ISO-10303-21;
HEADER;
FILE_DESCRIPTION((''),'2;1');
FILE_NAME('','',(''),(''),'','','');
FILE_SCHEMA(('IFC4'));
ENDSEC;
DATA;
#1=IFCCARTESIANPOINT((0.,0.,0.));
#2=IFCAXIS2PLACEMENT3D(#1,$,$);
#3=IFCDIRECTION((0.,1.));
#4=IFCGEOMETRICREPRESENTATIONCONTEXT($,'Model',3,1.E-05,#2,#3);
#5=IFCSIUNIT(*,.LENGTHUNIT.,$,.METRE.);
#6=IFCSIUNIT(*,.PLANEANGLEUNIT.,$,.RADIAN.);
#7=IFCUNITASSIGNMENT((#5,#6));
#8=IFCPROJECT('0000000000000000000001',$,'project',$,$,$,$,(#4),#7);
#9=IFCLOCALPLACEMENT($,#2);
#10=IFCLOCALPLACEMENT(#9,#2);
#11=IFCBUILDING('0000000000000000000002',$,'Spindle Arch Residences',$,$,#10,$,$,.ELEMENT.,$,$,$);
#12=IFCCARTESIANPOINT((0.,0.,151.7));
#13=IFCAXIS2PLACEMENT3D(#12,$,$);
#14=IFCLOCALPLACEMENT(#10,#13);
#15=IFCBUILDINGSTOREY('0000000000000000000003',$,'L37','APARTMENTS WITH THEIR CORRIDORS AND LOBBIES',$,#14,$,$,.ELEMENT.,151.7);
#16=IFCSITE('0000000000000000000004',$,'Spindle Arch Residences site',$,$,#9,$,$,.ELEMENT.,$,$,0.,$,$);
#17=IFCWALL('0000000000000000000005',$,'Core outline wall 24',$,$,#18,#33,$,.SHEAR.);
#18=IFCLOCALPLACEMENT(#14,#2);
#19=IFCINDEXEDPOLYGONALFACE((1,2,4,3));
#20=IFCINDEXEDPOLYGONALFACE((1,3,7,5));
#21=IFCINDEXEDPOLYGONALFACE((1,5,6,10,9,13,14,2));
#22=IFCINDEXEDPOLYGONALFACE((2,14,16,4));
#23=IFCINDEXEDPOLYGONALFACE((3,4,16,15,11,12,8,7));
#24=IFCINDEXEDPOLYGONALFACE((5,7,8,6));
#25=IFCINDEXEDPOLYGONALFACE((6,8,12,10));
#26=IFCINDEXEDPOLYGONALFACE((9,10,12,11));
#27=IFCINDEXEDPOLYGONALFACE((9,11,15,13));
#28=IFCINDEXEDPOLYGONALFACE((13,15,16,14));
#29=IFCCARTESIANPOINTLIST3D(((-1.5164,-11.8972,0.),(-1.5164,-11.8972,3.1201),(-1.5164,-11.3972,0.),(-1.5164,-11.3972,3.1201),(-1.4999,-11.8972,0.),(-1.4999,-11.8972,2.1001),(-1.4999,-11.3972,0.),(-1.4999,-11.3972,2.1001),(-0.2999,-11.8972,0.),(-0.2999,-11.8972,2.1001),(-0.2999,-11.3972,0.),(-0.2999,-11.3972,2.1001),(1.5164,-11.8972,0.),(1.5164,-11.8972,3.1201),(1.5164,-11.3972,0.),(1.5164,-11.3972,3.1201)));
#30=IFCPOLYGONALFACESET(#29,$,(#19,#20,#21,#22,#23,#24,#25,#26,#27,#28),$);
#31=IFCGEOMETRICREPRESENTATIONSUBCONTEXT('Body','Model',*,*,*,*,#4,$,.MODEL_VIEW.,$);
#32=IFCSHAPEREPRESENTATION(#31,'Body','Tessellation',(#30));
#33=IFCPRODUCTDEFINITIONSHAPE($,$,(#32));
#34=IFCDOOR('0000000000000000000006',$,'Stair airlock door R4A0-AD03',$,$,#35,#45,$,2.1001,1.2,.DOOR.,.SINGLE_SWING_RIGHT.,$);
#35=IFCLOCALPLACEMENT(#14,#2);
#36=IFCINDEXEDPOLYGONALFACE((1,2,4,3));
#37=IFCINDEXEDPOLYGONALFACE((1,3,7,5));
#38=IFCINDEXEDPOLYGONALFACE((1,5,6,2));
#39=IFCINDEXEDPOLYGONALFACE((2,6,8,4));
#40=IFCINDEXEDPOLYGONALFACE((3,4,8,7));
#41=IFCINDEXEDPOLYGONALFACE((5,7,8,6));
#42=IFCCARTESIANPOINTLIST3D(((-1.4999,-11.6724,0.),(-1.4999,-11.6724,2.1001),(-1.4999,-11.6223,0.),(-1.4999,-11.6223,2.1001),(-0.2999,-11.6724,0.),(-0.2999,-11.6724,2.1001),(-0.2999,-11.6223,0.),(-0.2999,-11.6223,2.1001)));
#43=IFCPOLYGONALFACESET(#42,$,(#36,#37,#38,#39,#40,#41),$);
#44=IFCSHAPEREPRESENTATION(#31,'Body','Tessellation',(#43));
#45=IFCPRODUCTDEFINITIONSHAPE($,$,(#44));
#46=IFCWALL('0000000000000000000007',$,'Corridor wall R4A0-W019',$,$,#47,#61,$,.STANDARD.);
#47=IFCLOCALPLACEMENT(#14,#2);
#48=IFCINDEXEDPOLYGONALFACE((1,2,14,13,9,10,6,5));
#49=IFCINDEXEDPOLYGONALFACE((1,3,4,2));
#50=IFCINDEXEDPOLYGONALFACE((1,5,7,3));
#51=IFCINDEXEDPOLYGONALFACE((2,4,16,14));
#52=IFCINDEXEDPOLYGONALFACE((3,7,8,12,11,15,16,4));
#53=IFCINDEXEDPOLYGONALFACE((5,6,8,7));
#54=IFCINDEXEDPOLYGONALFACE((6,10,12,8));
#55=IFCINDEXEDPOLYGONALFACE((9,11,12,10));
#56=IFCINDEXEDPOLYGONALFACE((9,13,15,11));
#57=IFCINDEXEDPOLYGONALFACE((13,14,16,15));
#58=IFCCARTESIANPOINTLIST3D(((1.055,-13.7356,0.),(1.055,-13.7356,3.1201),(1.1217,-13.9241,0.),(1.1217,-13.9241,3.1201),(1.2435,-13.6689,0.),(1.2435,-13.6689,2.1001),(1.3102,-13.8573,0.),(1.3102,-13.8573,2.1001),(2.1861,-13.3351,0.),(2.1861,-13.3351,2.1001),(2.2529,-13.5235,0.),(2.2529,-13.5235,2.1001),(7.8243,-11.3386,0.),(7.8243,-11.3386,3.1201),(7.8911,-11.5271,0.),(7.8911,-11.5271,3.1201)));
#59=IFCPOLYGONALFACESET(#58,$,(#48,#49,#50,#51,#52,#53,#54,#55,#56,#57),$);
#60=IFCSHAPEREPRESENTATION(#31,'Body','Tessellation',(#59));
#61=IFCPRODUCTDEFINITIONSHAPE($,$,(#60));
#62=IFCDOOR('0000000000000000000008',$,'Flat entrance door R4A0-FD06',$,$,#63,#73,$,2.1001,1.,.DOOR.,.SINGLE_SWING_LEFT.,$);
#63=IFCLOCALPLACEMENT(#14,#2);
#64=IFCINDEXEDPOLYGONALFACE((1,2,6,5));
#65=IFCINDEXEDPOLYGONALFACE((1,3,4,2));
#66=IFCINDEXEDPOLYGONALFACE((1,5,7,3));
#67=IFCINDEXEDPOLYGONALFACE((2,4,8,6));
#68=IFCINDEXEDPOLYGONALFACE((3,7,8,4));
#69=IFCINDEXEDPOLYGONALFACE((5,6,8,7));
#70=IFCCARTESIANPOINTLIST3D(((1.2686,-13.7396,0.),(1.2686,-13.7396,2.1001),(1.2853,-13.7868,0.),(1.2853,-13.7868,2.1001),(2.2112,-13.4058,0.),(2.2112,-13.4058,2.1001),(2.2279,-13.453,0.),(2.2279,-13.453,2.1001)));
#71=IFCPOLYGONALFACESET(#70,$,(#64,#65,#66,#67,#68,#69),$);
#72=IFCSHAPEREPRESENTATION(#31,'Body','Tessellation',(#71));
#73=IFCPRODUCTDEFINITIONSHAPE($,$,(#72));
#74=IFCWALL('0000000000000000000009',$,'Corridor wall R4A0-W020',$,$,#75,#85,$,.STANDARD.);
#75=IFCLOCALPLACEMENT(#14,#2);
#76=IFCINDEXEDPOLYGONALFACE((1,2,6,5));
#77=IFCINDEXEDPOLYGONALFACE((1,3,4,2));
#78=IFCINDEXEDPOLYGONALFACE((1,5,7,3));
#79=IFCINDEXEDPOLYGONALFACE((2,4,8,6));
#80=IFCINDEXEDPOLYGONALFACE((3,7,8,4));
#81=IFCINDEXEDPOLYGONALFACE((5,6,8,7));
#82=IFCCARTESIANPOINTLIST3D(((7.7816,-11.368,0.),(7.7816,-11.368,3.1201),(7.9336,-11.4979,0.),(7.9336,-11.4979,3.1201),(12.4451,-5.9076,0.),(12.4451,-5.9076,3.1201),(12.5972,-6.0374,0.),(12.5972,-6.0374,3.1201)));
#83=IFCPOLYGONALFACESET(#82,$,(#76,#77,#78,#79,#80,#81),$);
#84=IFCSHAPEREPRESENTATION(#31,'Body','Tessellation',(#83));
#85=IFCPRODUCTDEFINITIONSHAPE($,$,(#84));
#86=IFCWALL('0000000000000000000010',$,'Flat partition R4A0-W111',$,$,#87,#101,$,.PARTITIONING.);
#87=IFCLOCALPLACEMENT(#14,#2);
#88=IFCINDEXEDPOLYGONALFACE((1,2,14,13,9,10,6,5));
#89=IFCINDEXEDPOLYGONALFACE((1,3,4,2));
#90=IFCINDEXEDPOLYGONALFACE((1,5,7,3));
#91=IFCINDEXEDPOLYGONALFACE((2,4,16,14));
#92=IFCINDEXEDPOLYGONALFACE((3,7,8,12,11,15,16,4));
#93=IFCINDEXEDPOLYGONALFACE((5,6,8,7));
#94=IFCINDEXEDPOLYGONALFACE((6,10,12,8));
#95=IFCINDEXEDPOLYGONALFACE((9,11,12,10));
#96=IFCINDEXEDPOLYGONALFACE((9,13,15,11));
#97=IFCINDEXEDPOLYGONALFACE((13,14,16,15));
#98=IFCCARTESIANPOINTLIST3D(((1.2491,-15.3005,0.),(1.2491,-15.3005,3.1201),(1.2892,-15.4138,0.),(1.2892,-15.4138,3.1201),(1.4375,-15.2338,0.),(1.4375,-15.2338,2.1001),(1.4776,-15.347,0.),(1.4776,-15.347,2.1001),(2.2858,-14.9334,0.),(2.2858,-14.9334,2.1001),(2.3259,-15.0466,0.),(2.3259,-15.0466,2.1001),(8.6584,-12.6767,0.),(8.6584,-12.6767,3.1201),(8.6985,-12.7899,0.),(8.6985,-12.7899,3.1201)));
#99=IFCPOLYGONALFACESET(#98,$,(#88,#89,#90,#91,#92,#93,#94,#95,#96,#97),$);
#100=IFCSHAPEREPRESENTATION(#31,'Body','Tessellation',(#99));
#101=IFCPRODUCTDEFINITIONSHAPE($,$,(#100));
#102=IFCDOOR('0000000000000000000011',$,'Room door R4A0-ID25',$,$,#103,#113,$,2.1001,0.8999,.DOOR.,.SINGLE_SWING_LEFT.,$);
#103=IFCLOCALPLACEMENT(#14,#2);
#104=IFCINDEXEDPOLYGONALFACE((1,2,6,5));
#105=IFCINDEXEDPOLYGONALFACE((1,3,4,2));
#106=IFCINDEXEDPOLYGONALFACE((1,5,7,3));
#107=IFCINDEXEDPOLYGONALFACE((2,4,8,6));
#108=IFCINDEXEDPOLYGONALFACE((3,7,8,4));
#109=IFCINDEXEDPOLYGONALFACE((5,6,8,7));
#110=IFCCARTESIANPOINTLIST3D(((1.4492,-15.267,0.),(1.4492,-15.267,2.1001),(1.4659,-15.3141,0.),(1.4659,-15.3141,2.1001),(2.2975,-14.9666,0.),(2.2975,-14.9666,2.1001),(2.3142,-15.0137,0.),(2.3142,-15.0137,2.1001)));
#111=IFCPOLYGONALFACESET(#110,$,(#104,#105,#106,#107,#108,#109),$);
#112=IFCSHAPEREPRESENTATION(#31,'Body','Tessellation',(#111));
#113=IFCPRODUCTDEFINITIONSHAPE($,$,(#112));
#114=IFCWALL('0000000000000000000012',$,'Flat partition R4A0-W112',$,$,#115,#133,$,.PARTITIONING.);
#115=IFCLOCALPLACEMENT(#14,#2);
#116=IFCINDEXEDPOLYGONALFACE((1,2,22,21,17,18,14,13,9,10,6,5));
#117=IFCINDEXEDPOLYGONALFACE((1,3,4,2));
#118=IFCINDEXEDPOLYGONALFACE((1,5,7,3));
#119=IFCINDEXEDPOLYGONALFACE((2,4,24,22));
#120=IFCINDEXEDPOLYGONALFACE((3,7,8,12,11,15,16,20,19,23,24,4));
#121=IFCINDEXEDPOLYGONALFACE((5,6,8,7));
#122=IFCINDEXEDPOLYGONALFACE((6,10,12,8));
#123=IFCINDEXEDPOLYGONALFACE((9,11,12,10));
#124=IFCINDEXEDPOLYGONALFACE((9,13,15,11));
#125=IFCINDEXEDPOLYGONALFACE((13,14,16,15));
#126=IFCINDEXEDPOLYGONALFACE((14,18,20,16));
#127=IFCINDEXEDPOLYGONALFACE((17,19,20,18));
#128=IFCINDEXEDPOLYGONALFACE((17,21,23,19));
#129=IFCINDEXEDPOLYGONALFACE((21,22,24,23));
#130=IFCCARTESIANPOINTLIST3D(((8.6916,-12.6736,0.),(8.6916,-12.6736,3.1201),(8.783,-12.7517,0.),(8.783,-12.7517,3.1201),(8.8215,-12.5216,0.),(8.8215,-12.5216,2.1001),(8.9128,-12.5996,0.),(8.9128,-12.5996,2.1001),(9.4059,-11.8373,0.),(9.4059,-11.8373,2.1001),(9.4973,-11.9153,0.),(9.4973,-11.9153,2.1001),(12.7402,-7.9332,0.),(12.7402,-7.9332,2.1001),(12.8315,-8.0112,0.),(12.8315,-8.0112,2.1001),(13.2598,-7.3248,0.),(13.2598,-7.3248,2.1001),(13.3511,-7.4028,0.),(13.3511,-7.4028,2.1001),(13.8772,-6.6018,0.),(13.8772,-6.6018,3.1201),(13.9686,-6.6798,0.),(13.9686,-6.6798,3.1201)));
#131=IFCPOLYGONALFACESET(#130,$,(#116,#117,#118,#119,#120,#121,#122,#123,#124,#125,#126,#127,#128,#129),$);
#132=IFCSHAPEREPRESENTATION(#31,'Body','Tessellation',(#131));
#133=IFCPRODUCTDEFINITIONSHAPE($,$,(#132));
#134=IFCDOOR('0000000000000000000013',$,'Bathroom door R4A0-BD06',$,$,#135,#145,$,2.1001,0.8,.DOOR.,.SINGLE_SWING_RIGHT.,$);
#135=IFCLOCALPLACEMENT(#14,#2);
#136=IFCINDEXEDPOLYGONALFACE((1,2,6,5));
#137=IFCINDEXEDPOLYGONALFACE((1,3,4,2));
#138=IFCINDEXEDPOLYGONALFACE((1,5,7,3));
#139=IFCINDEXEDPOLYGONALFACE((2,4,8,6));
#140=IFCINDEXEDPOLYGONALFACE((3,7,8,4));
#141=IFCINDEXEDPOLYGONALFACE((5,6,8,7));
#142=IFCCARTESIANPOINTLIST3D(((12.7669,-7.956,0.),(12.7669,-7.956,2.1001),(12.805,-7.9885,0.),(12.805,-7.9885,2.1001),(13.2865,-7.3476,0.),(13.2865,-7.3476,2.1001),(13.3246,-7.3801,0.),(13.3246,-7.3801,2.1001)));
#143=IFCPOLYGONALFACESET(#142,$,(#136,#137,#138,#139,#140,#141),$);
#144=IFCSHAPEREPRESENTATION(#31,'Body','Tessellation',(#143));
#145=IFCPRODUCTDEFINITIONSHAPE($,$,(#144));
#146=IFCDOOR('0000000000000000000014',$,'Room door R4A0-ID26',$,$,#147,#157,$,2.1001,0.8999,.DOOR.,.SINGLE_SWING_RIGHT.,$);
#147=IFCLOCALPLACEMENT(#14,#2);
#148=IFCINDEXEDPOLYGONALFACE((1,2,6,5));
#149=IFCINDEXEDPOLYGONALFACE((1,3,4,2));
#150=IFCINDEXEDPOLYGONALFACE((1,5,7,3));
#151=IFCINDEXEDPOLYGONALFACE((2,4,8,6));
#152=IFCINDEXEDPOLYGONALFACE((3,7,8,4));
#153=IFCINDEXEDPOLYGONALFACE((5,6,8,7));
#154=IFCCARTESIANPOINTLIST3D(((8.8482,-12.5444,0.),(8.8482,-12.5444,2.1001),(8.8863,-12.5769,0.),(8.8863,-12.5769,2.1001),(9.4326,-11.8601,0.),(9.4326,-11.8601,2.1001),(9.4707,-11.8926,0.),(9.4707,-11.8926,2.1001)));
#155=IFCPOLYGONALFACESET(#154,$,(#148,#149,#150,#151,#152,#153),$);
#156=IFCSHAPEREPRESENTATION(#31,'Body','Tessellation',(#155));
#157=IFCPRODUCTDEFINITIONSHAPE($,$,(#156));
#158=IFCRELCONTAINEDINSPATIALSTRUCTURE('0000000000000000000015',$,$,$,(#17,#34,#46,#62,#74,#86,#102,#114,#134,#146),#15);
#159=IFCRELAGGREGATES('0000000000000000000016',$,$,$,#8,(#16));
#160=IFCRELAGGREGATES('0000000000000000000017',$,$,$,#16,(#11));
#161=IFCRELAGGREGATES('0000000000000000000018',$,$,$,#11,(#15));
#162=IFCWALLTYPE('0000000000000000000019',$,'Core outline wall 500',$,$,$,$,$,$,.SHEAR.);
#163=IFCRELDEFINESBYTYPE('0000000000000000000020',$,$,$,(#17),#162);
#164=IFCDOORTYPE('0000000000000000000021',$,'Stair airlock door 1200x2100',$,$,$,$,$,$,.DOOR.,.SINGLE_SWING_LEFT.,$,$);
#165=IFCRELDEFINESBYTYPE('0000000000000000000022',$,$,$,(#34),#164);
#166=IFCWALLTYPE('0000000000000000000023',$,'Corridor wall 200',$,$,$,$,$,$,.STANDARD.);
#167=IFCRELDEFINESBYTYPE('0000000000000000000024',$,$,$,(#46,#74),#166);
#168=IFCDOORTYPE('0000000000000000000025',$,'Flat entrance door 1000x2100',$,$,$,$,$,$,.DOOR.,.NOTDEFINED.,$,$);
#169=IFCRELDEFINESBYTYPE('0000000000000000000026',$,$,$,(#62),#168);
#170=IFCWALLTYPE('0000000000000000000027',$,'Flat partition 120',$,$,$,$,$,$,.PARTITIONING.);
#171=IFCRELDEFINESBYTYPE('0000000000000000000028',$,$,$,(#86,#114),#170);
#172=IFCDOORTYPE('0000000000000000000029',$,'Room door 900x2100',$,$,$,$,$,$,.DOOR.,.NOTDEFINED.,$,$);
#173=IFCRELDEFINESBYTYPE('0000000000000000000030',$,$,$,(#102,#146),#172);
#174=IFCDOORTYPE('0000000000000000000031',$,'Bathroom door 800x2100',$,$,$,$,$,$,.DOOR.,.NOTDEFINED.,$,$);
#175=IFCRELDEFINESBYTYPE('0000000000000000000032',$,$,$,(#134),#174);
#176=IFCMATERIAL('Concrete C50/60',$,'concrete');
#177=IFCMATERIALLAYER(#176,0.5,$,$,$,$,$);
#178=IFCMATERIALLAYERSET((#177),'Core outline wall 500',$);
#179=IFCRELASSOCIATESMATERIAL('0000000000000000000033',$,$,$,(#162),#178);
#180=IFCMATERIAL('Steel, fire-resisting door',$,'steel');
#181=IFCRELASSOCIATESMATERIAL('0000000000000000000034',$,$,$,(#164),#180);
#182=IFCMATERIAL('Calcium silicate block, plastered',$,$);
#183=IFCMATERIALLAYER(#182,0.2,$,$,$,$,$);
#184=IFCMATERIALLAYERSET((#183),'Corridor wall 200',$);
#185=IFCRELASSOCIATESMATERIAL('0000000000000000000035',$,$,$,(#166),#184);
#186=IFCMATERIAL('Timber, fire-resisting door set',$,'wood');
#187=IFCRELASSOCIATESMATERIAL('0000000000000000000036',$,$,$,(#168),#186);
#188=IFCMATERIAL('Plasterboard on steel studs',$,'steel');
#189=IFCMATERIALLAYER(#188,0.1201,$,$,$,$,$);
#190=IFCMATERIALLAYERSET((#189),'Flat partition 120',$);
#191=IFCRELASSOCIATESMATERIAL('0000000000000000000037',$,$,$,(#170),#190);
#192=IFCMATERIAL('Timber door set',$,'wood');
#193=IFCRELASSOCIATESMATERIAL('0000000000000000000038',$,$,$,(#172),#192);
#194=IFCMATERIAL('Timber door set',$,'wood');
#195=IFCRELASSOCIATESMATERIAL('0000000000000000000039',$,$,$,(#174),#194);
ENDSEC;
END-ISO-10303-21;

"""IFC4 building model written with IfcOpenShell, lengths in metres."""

from ifc_helpers import new_model, si_unit, direction, frame, frame_2d, origin, place, context, subcontext, project, spatial, rectangle, extrude, material, layer, layer_set, type_object, element, fill, save


model = new_model("IFC4")

# Units and contexts
model_context = context("Model", 3, precision=1e-05, world=origin(), true_north=direction((0.0, 1.0)))
body_context = subcontext(model_context, "Body", "Model", "MODEL_VIEW")
ifc_project = project(units=[si_unit("LENGTHUNIT", "METRE"), si_unit("PLANEANGLEUNIT", "RADIAN")], contexts=[model_context])

# Site, building, storey
site_placement = place(None, origin())
site = spatial("IfcSite", under=ifc_project, at=site_placement, Name="Spindle Arch Residences site", CompositionType="ELEMENT", RefElevation=0.0)
building_placement = place(site_placement, origin())
building = spatial("IfcBuilding", under=site, at=building_placement, Name="Spindle Arch Residences", CompositionType="ELEMENT")
storey_placement = place(building_placement, frame((0.0, 0.0, 151.7)))
storey = spatial("IfcBuildingStorey", under=building, at=storey_placement, Name="L37", Description="APARTMENTS WITH THEIR CORRIDORS AND LOBBIES", CompositionType="ELEMENT", Elevation=151.7)

# Shared definitions
ifc_material_1 = material(Name="Concrete C50/60", Category="concrete")
ifc_layer_1 = layer(ifc_material_1, 0.5)
ifc_layer_set_1 = layer_set([ifc_layer_1], Name="Core outline wall 500")
wall_type_1 = type_object("IfcWallType", Name="Core outline wall 500", PredefinedType="SHEAR", material=ifc_layer_set_1)

# Walls, openings, doors
wall_1_placement = place(storey_placement, frame((-1.5164, -11.6472, 0.0), z_axis=(0.0, 0.0, 1.0), x_axis=(1.0, 0.0, 0.0)))
wall_1 = element("IfcWall", 1, at=wall_1_placement, inside=storey, type_object=wall_type_1, Name="Core outline wall 24", PredefinedType="SHEAR", context=body_context, shape_type="SweptSolid", body=[
    extrude(rectangle(XDim=3.0327, YDim=0.5, at=frame_2d((1.5164, 0.0))), origin(), (0.0, 0.0, 1.0), 3.1201),
])
opening_1_placement = place(wall_1_placement, frame((0.0164, 0.0, 0.0)))
opening_1 = element("IfcOpeningElement", 2, at=opening_1_placement, cuts=wall_1, PredefinedType="OPENING", context=body_context, shape_type="SweptSolid", body=[
    extrude(rectangle(XDim=1.2, YDim=2.1001, at=frame_2d((0.6001, 1.05))), frame((0.0, 0.26, 0.0), z_axis=(0.0, -1.0, 0.0), x_axis=(1.0, 0.0, 0.0)), (0.0, 0.0, 1.0), 0.52),
])
ifc_material_2 = material(Name="Steel, fire-resisting door", Category="steel")
door_type_1 = type_object("IfcDoorType", Name="Stair airlock door 1200x2100", OperationType="SINGLE_SWING_LEFT", PredefinedType="DOOR", material=ifc_material_2)
door_1_placement = place(opening_1_placement, origin())
door_1 = element("IfcDoor", 3, at=door_1_placement, inside=storey, type_object=door_type_1, Name="Stair airlock door R4A0-AD03", OperationType="SINGLE_SWING_RIGHT", OverallHeight=2.1001, OverallWidth=1.2, PredefinedType="DOOR", context=body_context, shape_type="SweptSolid", body=[
    extrude(rectangle(XDim=1.2, YDim=2.1001, at=frame_2d((0.6001, 1.05))), frame((0.0, 0.0249, 0.0), z_axis=(0.0, -1.0, 0.0), x_axis=(1.0, 0.0, 0.0)), (0.0, 0.0, 1.0), 0.05),
])
fill(opening_1, door_1)
ifc_material_3 = material(Name="Calcium silicate block, plastered")
ifc_layer_2 = layer(ifc_material_3, 0.2)
ifc_layer_set_2 = layer_set([ifc_layer_2], Name="Corridor wall 200")
wall_type_2 = type_object("IfcWallType", Name="Corridor wall 200", PredefinedType="STANDARD", material=ifc_layer_set_2)
wall_2_placement = place(storey_placement, frame((1.0884, -13.8298, 0.0), z_axis=(0.0, 0.0, 1.0), x_axis=(0.942648, 0.333787, 0.0)))
wall_2 = element("IfcWall", 4, at=wall_2_placement, inside=storey, type_object=wall_type_2, Name="Corridor wall R4A0-W019", PredefinedType="STANDARD", context=body_context, shape_type="SweptSolid", body=[
    extrude(rectangle(XDim=7.1812, YDim=0.2, at=frame_2d((3.5906, 0.0))), origin(), (0.0, 0.0, 1.0), 3.1201),
])
opening_2_placement = place(wall_2_placement, frame((0.2, 0.0, 0.0)))
opening_2 = element("IfcOpeningElement", 5, at=opening_2_placement, cuts=wall_2, PredefinedType="OPENING", context=body_context, shape_type="SweptSolid", body=[
    extrude(rectangle(XDim=1.0, YDim=2.1001, at=frame_2d((0.5, 1.05))), frame((0.0, 0.1099, 0.0), z_axis=(0.0, -1.0, 0.0), x_axis=(1.0, 0.0, 0.0)), (0.0, 0.0, 1.0), 0.22),
])
ifc_material_4 = material(Name="Timber, fire-resisting door set", Category="wood")
door_type_2 = type_object("IfcDoorType", Name="Flat entrance door 1000x2100", OperationType="NOTDEFINED", PredefinedType="DOOR", material=ifc_material_4)
door_2_placement = place(opening_2_placement, origin())
door_2 = element("IfcDoor", 6, at=door_2_placement, inside=storey, type_object=door_type_2, Name="Flat entrance door R4A0-FD06", OperationType="SINGLE_SWING_LEFT", OverallHeight=2.1001, OverallWidth=1.0, PredefinedType="DOOR", context=body_context, shape_type="SweptSolid", body=[
    extrude(rectangle(XDim=1.0, YDim=2.1001, at=frame_2d((0.5, 1.05))), frame((0.0, 0.0249, 0.0), z_axis=(0.0, -1.0, 0.0), x_axis=(1.0, 0.0, 0.0)), (0.0, 0.0, 1.0), 0.05),
])
fill(opening_2, door_2)

# Wall
wall_3_placement = place(storey_placement, frame((7.8577, -11.4329, 0.0), z_axis=(0.0, 0.0, 1.0), x_axis=(0.649441, 0.760412, 0.0)))
element("IfcWall", 7, at=wall_3_placement, inside=storey, type_object=wall_type_2, Name="Corridor wall R4A0-W020", PredefinedType="STANDARD", context=body_context, shape_type="SweptSolid", body=[
    extrude(rectangle(XDim=7.1809, YDim=0.2, at=frame_2d((3.5903, 0.0))), origin(), (0.0, 0.0, 1.0), 3.1201),
])

# Wall, opening, door
ifc_material_5 = material(Name="Plasterboard on steel studs", Category="steel")
ifc_layer_3 = layer(ifc_material_5, 0.1201)
ifc_layer_set_3 = layer_set([ifc_layer_3], Name="Flat partition 120")
wall_type_3 = type_object("IfcWallType", Name="Flat partition 120", PredefinedType="PARTITIONING", material=ifc_layer_set_3)
wall_4_placement = place(storey_placement, frame((1.269, -15.3572, 0.0), z_axis=(0.0, 0.0, 1.0), x_axis=(0.942639, 0.333813, 0.0)))
wall_4 = element("IfcWall", 8, at=wall_4_placement, inside=storey, type_object=wall_type_3, Name="Flat partition R4A0-W111", PredefinedType="PARTITIONING", context=body_context, shape_type="SweptSolid", body=[
    extrude(rectangle(XDim=7.8601, YDim=0.1201, at=frame_2d((3.9302, 0.0))), origin(), (0.0, 0.0, 1.0), 3.1201),
])
opening_3_placement = place(wall_4_placement, frame((0.2, 0.0, 0.0)))
opening_3 = element("IfcOpeningElement", 9, at=opening_3_placement, cuts=wall_4, PredefinedType="OPENING", context=body_context, shape_type="SweptSolid", body=[
    extrude(rectangle(XDim=0.8999, YDim=2.1001, at=frame_2d((0.45, 1.05))), frame((0.0, 0.0701, 0.0), z_axis=(0.0, -1.0, 0.0), x_axis=(1.0, 0.0, 0.0)), (0.0, 0.0, 1.0), 0.1401),
])
ifc_material_6 = material(Name="Timber door set", Category="wood")
door_type_3 = type_object("IfcDoorType", Name="Room door 900x2100", OperationType="NOTDEFINED", PredefinedType="DOOR", material=ifc_material_6)
door_3_placement = place(opening_3_placement, origin())
door_3 = element("IfcDoor", 10, at=door_3_placement, inside=storey, type_object=door_type_3, Name="Room door R4A0-ID25", OperationType="SINGLE_SWING_LEFT", OverallHeight=2.1001, OverallWidth=0.8999, PredefinedType="DOOR", context=body_context, shape_type="SweptSolid", body=[
    extrude(rectangle(XDim=0.8999, YDim=2.1001, at=frame_2d((0.45, 1.05))), frame((0.0, 0.0249, 0.0), z_axis=(0.0, -1.0, 0.0), x_axis=(1.0, 0.0, 0.0)), (0.0, 0.0, 1.0), 0.05),
])
fill(opening_3, door_3)

# Wall, openings, doors
wall_5_placement = place(storey_placement, frame((8.7373, -12.7126, 0.0), z_axis=(0.0, 0.0, 1.0), x_axis=(0.649431, 0.760421, 0.0)))
wall_5 = element("IfcWall", 11, at=wall_5_placement, inside=storey, type_object=wall_type_3, Name="Flat partition R4A0-W112", PredefinedType="PARTITIONING", context=body_context, shape_type="SweptSolid", body=[
    extrude(rectangle(XDim=7.9849, YDim=0.1201, at=frame_2d((3.9924, 0.0))), origin(), (0.0, 0.0, 1.0), 3.1201),
])
opening_4_placement = place(wall_5_placement, frame((0.2, 0.0, 0.0)))
opening_4 = element("IfcOpeningElement", 12, at=opening_4_placement, cuts=wall_5, PredefinedType="OPENING", context=body_context, shape_type="SweptSolid", body=[
    extrude(rectangle(XDim=0.8999, YDim=2.1001, at=frame_2d((0.45, 1.05))), frame((0.0, 0.0701, 0.0), z_axis=(0.0, -1.0, 0.0), x_axis=(1.0, 0.0, 0.0)), (0.0, 0.0, 1.0), 0.1401),
])
opening_5_placement = place(wall_5_placement, frame((6.2341, 0.0, 0.0)))
opening_5 = element("IfcOpeningElement", 13, at=opening_5_placement, cuts=wall_5, PredefinedType="OPENING", context=body_context, shape_type="SweptSolid", body=[
    extrude(rectangle(XDim=0.8, YDim=2.1001, at=frame_2d((0.3999, 1.05))), frame((0.0, 0.0701, 0.0), z_axis=(0.0, -1.0, 0.0), x_axis=(1.0, 0.0, 0.0)), (0.0, 0.0, 1.0), 0.1401),
])
ifc_material_7 = material(Name="Timber door set", Category="wood")
door_type_4 = type_object("IfcDoorType", Name="Bathroom door 800x2100", OperationType="NOTDEFINED", PredefinedType="DOOR", material=ifc_material_7)
door_4_placement = place(opening_5_placement, origin())
door_4 = element("IfcDoor", 14, at=door_4_placement, inside=storey, type_object=door_type_4, Name="Bathroom door R4A0-BD06", OperationType="SINGLE_SWING_RIGHT", OverallHeight=2.1001, OverallWidth=0.8, PredefinedType="DOOR", context=body_context, shape_type="SweptSolid", body=[
    extrude(rectangle(XDim=0.8, YDim=2.1001, at=frame_2d((0.3999, 1.05))), frame((0.0, 0.0249, 0.0), z_axis=(0.0, -1.0, 0.0), x_axis=(1.0, 0.0, 0.0)), (0.0, 0.0, 1.0), 0.05),
])
fill(opening_5, door_4)
door_5_placement = place(opening_4_placement, origin())
door_5 = element("IfcDoor", 15, at=door_5_placement, inside=storey, type_object=door_type_3, Name="Room door R4A0-ID26", OperationType="SINGLE_SWING_RIGHT", OverallHeight=2.1001, OverallWidth=0.8999, PredefinedType="DOOR", context=body_context, shape_type="SweptSolid", body=[
    extrude(rectangle(XDim=0.8999, YDim=2.1001, at=frame_2d((0.45, 1.05))), frame((0.0, 0.0249, 0.0), z_axis=(0.0, -1.0, 0.0), x_axis=(1.0, 0.0, 0.0)), (0.0, 0.0, 1.0), 0.05),
])
fill(opening_4, door_5)

save(model, "model.ifc")
